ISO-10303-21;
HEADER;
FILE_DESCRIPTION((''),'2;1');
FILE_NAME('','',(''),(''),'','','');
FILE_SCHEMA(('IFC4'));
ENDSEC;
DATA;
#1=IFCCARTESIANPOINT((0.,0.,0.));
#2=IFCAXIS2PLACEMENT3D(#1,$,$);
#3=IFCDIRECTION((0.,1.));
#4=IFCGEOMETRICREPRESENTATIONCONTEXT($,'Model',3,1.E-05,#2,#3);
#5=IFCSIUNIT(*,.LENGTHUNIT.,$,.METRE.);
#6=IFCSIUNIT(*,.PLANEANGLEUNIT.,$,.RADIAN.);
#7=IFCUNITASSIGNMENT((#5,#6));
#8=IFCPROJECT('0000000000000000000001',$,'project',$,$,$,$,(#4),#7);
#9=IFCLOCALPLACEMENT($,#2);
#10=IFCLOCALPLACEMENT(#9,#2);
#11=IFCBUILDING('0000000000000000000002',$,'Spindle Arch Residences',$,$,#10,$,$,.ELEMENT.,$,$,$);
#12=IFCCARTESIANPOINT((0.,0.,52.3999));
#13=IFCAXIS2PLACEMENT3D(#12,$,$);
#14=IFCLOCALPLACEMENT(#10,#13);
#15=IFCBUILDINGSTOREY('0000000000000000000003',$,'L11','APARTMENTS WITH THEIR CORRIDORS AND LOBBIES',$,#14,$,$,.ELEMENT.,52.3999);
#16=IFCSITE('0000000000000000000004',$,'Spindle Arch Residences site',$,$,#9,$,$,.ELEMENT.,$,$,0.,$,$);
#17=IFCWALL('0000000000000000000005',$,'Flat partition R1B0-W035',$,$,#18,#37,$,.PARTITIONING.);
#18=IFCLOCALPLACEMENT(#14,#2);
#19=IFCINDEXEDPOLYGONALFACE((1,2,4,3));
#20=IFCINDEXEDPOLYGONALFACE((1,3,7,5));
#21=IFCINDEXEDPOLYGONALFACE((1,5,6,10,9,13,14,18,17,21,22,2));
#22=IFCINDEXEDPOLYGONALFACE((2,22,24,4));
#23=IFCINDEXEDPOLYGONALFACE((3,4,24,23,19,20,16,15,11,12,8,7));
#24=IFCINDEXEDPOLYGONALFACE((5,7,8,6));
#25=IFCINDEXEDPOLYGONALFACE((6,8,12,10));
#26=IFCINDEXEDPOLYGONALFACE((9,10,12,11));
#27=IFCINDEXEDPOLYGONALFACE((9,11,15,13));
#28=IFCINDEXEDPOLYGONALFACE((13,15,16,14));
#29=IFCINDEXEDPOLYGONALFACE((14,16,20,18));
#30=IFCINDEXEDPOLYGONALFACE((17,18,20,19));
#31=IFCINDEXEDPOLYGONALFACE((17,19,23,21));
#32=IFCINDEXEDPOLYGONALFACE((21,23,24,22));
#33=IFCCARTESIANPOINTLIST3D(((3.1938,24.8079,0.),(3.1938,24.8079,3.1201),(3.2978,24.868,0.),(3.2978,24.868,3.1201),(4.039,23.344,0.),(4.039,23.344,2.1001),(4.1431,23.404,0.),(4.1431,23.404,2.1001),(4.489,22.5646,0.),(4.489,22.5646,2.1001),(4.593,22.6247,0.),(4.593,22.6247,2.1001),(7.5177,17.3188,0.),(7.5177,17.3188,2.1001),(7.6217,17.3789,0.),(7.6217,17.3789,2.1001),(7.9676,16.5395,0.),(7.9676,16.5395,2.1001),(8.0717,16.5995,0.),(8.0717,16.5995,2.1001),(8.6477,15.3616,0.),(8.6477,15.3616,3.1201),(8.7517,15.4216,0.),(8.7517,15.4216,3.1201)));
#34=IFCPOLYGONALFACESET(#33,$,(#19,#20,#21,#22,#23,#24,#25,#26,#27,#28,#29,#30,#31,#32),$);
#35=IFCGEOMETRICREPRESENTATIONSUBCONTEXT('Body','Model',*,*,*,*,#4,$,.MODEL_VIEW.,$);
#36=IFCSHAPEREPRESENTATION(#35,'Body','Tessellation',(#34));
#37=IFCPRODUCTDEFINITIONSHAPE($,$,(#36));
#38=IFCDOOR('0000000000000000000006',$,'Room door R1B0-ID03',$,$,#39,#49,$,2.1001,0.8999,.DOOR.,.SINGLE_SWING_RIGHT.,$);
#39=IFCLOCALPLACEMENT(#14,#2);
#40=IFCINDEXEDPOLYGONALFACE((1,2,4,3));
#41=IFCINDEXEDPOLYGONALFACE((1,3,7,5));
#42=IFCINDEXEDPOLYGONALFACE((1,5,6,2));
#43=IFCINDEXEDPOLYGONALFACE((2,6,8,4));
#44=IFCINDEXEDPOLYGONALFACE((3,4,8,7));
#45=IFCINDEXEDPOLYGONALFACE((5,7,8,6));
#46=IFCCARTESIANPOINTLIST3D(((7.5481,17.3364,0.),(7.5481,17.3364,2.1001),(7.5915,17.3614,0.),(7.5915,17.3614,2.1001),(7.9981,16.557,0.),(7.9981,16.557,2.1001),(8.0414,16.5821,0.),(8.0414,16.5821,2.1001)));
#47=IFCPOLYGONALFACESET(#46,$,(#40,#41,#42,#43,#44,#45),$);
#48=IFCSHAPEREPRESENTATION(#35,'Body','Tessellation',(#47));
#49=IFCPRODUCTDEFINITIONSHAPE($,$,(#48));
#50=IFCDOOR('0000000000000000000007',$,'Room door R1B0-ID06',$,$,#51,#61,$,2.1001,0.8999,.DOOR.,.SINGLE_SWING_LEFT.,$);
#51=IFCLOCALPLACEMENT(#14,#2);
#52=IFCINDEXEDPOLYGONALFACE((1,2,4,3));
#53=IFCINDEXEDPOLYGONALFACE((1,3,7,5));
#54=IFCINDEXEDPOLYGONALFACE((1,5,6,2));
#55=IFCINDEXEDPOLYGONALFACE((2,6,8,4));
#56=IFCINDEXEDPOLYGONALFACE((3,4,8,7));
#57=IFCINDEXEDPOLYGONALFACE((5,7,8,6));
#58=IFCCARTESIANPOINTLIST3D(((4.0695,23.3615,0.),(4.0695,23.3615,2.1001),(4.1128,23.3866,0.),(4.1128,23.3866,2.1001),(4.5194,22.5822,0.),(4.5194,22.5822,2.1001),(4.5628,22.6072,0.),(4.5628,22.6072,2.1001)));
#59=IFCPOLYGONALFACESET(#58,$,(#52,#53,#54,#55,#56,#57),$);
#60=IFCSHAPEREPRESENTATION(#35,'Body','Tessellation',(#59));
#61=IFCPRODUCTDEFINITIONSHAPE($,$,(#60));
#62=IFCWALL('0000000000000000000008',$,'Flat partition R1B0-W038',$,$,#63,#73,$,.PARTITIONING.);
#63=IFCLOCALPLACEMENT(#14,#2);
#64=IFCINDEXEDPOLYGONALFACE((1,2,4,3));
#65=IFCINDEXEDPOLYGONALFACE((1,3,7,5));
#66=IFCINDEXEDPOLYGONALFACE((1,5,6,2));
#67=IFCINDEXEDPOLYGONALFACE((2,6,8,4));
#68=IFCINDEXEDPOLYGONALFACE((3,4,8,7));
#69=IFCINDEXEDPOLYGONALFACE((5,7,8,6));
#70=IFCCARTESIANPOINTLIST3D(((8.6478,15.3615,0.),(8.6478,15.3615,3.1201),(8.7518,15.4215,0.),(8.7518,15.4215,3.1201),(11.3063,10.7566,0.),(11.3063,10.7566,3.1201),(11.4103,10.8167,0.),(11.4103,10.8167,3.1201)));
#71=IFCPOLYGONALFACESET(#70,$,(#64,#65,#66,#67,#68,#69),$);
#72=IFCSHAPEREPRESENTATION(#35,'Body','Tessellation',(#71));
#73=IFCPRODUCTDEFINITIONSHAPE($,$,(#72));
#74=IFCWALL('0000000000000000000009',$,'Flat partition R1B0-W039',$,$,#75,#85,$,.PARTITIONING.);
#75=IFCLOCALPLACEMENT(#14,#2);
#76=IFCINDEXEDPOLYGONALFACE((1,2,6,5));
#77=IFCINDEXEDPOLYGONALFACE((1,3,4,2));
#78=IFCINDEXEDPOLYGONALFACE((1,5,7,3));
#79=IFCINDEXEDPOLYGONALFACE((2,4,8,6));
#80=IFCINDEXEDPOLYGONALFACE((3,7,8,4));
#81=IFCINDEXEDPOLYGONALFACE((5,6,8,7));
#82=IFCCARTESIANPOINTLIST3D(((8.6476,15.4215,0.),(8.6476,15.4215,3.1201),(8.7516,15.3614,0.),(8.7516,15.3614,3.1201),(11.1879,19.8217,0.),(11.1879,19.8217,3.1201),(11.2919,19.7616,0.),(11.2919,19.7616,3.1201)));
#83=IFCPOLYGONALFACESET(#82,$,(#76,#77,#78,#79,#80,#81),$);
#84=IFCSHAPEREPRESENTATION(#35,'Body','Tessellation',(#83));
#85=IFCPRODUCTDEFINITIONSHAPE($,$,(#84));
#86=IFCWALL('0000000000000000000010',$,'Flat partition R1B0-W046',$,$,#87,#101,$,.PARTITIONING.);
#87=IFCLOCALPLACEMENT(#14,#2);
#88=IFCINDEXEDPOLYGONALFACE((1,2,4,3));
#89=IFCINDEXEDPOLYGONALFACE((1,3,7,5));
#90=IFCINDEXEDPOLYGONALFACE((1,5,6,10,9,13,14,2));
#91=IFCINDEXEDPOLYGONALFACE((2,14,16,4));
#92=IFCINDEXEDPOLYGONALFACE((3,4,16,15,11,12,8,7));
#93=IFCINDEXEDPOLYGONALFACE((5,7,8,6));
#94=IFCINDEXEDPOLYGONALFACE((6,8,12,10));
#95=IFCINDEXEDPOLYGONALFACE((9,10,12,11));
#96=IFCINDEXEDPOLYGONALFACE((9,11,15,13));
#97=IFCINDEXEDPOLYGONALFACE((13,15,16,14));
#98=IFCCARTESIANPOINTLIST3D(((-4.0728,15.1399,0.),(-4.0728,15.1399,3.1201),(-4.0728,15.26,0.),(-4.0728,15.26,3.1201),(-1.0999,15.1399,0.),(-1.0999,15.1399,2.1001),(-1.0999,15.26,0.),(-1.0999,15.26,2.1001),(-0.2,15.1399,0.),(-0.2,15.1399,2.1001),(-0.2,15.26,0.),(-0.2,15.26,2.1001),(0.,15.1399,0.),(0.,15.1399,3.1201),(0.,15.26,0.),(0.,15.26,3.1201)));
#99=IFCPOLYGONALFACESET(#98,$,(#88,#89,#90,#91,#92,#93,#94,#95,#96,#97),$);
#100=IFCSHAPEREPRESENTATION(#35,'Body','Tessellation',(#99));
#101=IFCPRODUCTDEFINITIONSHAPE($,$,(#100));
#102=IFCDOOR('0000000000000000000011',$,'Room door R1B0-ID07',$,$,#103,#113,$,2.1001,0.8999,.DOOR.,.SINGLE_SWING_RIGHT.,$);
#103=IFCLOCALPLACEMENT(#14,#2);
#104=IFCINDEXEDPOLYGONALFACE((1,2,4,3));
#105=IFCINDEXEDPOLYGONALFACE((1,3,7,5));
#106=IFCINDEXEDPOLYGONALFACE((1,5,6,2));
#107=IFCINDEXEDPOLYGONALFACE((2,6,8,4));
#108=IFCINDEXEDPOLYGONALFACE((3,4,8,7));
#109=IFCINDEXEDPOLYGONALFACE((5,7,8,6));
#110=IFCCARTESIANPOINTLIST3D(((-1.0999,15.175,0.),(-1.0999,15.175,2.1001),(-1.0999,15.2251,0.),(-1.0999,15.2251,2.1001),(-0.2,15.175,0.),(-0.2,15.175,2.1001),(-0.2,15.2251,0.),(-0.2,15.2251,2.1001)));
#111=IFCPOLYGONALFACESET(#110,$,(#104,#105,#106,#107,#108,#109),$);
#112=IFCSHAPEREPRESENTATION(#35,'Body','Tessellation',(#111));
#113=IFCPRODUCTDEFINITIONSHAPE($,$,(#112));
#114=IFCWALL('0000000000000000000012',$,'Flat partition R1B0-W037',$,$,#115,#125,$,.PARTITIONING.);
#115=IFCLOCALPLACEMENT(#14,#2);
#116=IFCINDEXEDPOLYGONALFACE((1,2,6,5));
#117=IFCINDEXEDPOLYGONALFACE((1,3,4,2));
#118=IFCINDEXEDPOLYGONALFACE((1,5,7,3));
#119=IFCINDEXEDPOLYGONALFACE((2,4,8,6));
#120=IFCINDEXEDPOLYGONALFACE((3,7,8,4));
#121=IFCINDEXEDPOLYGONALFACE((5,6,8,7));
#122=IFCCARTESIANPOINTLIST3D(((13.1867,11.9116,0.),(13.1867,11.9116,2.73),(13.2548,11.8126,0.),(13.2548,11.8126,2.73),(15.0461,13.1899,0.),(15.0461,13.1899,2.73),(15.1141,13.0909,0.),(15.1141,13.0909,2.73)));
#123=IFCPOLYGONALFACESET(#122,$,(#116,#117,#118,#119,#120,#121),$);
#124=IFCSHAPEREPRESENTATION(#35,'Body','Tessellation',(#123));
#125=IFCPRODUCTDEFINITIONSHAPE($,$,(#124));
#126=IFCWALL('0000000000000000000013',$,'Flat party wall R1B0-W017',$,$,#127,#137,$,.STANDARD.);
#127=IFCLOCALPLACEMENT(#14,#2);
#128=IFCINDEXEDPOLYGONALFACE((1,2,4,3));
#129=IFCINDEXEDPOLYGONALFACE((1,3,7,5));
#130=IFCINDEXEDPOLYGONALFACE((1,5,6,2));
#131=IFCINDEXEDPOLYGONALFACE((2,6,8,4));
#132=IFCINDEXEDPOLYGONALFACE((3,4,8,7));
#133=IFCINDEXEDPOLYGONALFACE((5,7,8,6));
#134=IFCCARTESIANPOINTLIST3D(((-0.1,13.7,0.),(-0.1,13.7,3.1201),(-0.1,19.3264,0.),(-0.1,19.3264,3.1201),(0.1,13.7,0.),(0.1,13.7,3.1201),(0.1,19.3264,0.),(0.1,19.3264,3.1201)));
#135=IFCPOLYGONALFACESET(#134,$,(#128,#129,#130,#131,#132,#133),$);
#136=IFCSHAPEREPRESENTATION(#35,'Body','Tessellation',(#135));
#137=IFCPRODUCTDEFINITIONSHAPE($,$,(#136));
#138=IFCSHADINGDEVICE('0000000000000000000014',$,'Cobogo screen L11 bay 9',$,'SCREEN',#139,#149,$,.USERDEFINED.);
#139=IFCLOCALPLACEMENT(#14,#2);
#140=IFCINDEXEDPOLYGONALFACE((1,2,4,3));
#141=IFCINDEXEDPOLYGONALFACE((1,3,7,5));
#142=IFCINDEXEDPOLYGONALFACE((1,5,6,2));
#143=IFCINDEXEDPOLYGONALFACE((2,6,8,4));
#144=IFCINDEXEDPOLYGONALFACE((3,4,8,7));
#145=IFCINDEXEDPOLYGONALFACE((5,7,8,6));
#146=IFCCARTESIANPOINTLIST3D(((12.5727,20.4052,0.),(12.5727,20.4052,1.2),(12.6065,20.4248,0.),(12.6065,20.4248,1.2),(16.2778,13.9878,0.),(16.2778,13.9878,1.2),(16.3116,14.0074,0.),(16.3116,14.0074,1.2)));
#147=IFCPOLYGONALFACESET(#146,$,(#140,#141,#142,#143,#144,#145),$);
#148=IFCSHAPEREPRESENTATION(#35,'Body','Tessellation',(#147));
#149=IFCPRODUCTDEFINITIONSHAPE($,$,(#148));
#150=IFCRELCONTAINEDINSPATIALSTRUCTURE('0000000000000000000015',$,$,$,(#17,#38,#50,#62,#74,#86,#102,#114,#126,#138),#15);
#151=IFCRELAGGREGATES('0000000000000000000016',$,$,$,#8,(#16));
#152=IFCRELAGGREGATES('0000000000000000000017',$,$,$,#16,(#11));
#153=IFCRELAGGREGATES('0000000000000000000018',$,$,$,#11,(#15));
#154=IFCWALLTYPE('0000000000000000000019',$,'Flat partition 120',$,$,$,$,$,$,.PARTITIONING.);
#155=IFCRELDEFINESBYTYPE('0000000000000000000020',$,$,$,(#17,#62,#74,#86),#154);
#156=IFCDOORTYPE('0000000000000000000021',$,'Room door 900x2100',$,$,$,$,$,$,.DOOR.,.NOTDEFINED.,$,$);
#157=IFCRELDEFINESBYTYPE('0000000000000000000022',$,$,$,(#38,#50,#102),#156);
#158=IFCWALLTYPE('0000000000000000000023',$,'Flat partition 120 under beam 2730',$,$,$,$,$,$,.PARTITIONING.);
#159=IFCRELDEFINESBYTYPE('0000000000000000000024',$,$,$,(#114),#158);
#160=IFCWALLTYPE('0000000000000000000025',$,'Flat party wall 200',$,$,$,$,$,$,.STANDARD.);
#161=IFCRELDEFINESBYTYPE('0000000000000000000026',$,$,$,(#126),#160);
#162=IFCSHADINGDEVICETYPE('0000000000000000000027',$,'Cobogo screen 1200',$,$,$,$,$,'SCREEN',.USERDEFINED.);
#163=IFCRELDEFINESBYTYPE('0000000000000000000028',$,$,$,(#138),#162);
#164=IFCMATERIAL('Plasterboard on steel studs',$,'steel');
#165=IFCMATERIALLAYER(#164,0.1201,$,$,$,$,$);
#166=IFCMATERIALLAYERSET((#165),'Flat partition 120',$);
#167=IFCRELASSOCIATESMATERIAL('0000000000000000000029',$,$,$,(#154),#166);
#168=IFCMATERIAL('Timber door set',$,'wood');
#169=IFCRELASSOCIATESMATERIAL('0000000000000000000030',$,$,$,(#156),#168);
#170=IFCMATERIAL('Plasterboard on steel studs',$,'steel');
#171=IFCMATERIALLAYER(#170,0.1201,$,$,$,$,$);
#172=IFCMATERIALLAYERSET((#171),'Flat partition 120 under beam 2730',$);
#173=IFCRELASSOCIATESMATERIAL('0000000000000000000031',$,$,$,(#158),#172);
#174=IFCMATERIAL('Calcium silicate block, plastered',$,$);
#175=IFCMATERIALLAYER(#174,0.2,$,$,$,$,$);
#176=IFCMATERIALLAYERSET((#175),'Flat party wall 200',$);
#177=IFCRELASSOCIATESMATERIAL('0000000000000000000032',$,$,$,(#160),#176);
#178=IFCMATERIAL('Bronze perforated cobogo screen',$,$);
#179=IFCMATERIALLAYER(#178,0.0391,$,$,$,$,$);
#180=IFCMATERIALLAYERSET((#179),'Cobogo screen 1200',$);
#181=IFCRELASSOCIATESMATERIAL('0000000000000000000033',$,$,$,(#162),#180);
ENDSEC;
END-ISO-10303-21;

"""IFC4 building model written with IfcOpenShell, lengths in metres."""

from ifc_helpers import new_model, si_unit, direction, frame, frame_2d, origin, origin_2d, place, context, subcontext, project, spatial, rectangle, extrude, material, layer, layer_set, type_object, element, fill, save


model = new_model("IFC4")

# Units and contexts
model_context = context("Model", 3, precision=1e-05, world=origin(), true_north=direction((0.0, 1.0)))
body_context = subcontext(model_context, "Body", "Model", "MODEL_VIEW")
ifc_project = project(units=[si_unit("LENGTHUNIT", "METRE"), si_unit("PLANEANGLEUNIT", "RADIAN")], contexts=[model_context])

# Site, building, storey
site_placement = place(None, origin())
site = spatial("IfcSite", under=ifc_project, at=site_placement, Name="Spindle Arch Residences site", CompositionType="ELEMENT", RefElevation=0.0)
building_placement = place(site_placement, origin())
building = spatial("IfcBuilding", under=site, at=building_placement, Name="Spindle Arch Residences", CompositionType="ELEMENT")
storey_placement = place(building_placement, frame((0.0, 0.0, 52.3999)))
storey = spatial("IfcBuildingStorey", under=building, at=storey_placement, Name="L11", Description="APARTMENTS WITH THEIR CORRIDORS AND LOBBIES", CompositionType="ELEMENT", Elevation=52.3999)

# Shared definitions
ifc_material_1 = material(Name="Plasterboard on steel studs", Category="steel")
ifc_layer_1 = layer(ifc_material_1, 0.1201)
ifc_layer_set_1 = layer_set([ifc_layer_1], Name="Flat partition 120")
wall_type_1 = type_object("IfcWallType", Name="Flat partition 120", PredefinedType="PARTITIONING", material=ifc_layer_set_1)
ifc_material_2 = material(Name="Timber door set", Category="wood")
door_type_1 = type_object("IfcDoorType", Name="Room door 900x2100", OperationType="NOTDEFINED", PredefinedType="DOOR", material=ifc_material_2)

# Wall, openings, doors
wall_1_placement = place(storey_placement, frame((8.6997, 15.3916, 0.0), z_axis=(0.0, 0.0, 1.0), x_axis=(-0.500003, 0.866024, 0.0)))
wall_1 = element("IfcWall", 1, at=wall_1_placement, inside=storey, type_object=wall_type_1, Name="Flat partition R1B0-W035", PredefinedType="PARTITIONING", context=body_context, shape_type="SweptSolid", body=[
    extrude(rectangle(XDim=10.9077, YDim=0.1201, at=frame_2d((5.4539, 0.0))), origin(), (0.0, 0.0, 1.0), 3.1201),
])
opening_1_placement = place(wall_1_placement, frame((1.3601, 0.0, 0.0)))
opening_1 = element("IfcOpeningElement", 2, at=opening_1_placement, cuts=wall_1, PredefinedType="OPENING", context=body_context, shape_type="SweptSolid", body=[
    extrude(rectangle(XDim=0.8999, YDim=2.1001, at=frame_2d((0.45, 1.05))), frame((0.0, 0.0701, 0.0), z_axis=(0.0, -1.0, 0.0), x_axis=(1.0, 0.0, 0.0)), (0.0, 0.0, 1.0), 0.1401),
])
opening_2_placement = place(wall_1_placement, frame((8.3174, 0.0, 0.0)))
opening_2 = element("IfcOpeningElement", 3, at=opening_2_placement, cuts=wall_1, PredefinedType="OPENING", context=body_context, shape_type="SweptSolid", body=[
    extrude(rectangle(XDim=0.8999, YDim=2.1001, at=frame_2d((0.45, 1.05))), frame((0.0, 0.0701, 0.0), z_axis=(0.0, -1.0, 0.0), x_axis=(1.0, 0.0, 0.0)), (0.0, 0.0, 1.0), 0.1401),
])
door_1_placement = place(opening_1_placement, origin())
door_1 = element("IfcDoor", 4, at=door_1_placement, inside=storey, type_object=door_type_1, Name="Room door R1B0-ID03", OperationType="SINGLE_SWING_RIGHT", OverallHeight=2.1001, OverallWidth=0.8999, PredefinedType="DOOR", context=body_context, shape_type="SweptSolid", body=[
    extrude(rectangle(XDim=0.8999, YDim=2.1001, at=frame_2d((0.45, 1.05))), frame((0.0, 0.0249, 0.0), z_axis=(0.0, -1.0, 0.0), x_axis=(1.0, 0.0, 0.0)), (0.0, 0.0, 1.0), 0.05),
])
fill(opening_1, door_1)
door_2_placement = place(opening_2_placement, origin())
door_2 = element("IfcDoor", 5, at=door_2_placement, inside=storey, type_object=door_type_1, Name="Room door R1B0-ID06", OperationType="SINGLE_SWING_LEFT", OverallHeight=2.1001, OverallWidth=0.8999, PredefinedType="DOOR", context=body_context, shape_type="SweptSolid", body=[
    extrude(rectangle(XDim=0.8999, YDim=2.1001, at=frame_2d((0.45, 1.05))), frame((0.0, 0.0249, 0.0), z_axis=(0.0, -1.0, 0.0), x_axis=(1.0, 0.0, 0.0)), (0.0, 0.0, 1.0), 0.05),
])
fill(opening_2, door_2)

# Walls
wall_2_placement = place(storey_placement, frame((8.6997, 15.3916, 0.0), z_axis=(0.0, 0.0, 1.0), x_axis=(0.499986, -0.866033, 0.0)))
element("IfcWall", 6, at=wall_2_placement, inside=storey, type_object=wall_type_1, Name="Flat partition R1B0-W038", PredefinedType="PARTITIONING", context=body_context, shape_type="SweptSolid", body=[
    extrude(rectangle(XDim=5.3171, YDim=0.1201, at=frame_2d((2.6587, 0.0))), origin(), (0.0, 0.0, 1.0), 3.1201),
])
wall_3_placement = place(storey_placement, frame((11.24, 19.7917, 0.0), z_axis=(0.0, 0.0, 1.0), x_axis=(-0.499979, -0.866038, 0.0)))
element("IfcWall", 7, at=wall_3_placement, inside=storey, type_object=wall_type_1, Name="Flat partition R1B0-W039", PredefinedType="PARTITIONING", context=body_context, shape_type="SweptSolid", body=[
    extrude(rectangle(XDim=5.0808, YDim=0.1201, at=frame_2d((2.5405, 0.0))), origin(), (0.0, 0.0, 1.0), 3.1201),
])

# Wall, opening, door
wall_4_placement = place(storey_placement, frame((0.0, 15.2, 0.0), z_axis=(0.0, 0.0, 1.0), x_axis=(-1.0, 0.0, 0.0)))
wall_4 = element("IfcWall", 8, at=wall_4_placement, inside=storey, type_object=wall_type_1, Name="Flat partition R1B0-W046", PredefinedType="PARTITIONING", context=body_context, shape_type="SweptSolid", body=[
    extrude(rectangle(XDim=4.0728, YDim=0.1201, at=frame_2d((2.0364, 0.0))), origin(), (0.0, 0.0, 1.0), 3.1201),
])
opening_3_placement = place(wall_4_placement, frame((0.2, 0.0, 0.0)))
opening_3 = element("IfcOpeningElement", 9, at=opening_3_placement, cuts=wall_4, PredefinedType="OPENING", context=body_context, shape_type="SweptSolid", body=[
    extrude(rectangle(XDim=0.8999, YDim=2.1001, at=frame_2d((0.45, 1.05))), frame((0.0, 0.0701, 0.0), z_axis=(0.0, -1.0, 0.0), x_axis=(1.0, 0.0, 0.0)), (0.0, 0.0, 1.0), 0.1401),
])
door_3_placement = place(opening_3_placement, origin())
door_3 = element("IfcDoor", 10, at=door_3_placement, inside=storey, type_object=door_type_1, Name="Room door R1B0-ID07", OperationType="SINGLE_SWING_RIGHT", OverallHeight=2.1001, OverallWidth=0.8999, PredefinedType="DOOR", context=body_context, shape_type="SweptSolid", body=[
    extrude(rectangle(XDim=0.8999, YDim=2.1001, at=frame_2d((0.45, 1.05))), frame((0.0, 0.0249, 0.0), z_axis=(0.0, -1.0, 0.0), x_axis=(1.0, 0.0, 0.0)), (0.0, 0.0, 1.0), 0.05),
])
fill(opening_3, door_3)

# Walls
ifc_material_3 = material(Name="Plasterboard on steel studs", Category="steel")
ifc_layer_2 = layer(ifc_material_3, 0.1201)
ifc_layer_set_2 = layer_set([ifc_layer_2], Name="Flat partition 120 under beam 2730")
wall_type_2 = type_object("IfcWallType", Name="Flat partition 120 under beam 2730", PredefinedType="PARTITIONING", material=ifc_layer_set_2)
wall_5_placement = place(storey_placement, frame((15.0801, 13.1404, 0.0), z_axis=(0.0, 0.0, 1.0), x_axis=(-0.824042, -0.566529, 0.0)))
element("IfcWall", 11, at=wall_5_placement, inside=storey, type_object=wall_type_2, Name="Flat partition R1B0-W037", PredefinedType="PARTITIONING", context=body_context, shape_type="SweptSolid", body=[
    extrude(rectangle(XDim=2.2563, YDim=0.1201, at=frame_2d((1.1282, 0.0))), origin(), (0.0, 0.0, 1.0), 2.73),
])
ifc_material_4 = material(Name="Calcium silicate block, plastered")
ifc_layer_3 = layer(ifc_material_4, 0.2)
ifc_layer_set_3 = layer_set([ifc_layer_3], Name="Flat party wall 200")
wall_type_3 = type_object("IfcWallType", Name="Flat party wall 200", PredefinedType="STANDARD", material=ifc_layer_set_3)
wall_6_placement = place(storey_placement, frame((0.0, 19.3264, 0.0), z_axis=(0.0, 0.0, 1.0), x_axis=(0.0, -1.0, 0.0)))
element("IfcWall", 12, at=wall_6_placement, inside=storey, type_object=wall_type_3, Name="Flat party wall R1B0-W017", PredefinedType="STANDARD", context=body_context, shape_type="SweptSolid", body=[
    extrude(rectangle(XDim=5.6265, YDim=0.2, at=frame_2d((2.8132, 0.0))), origin(), (0.0, 0.0, 1.0), 3.1201),
])

# Shading device
ifc_material_5 = material(Name="Bronze perforated cobogo screen")
ifc_layer_4 = layer(ifc_material_5, 0.0391)
ifc_layer_set_4 = layer_set([ifc_layer_4], Name="Cobogo screen 1200")
shading_device_type = type_object("IfcShadingDeviceType", Name="Cobogo screen 1200", ElementType="SCREEN", PredefinedType="USERDEFINED", material=ifc_layer_set_4)
shading_device_placement = place(storey_placement, frame((14.4421, 17.2063, 0.0), z_axis=(0.0, 0.0, 1.0), x_axis=(-0.5, 0.866025, 0.0)))
element("IfcShadingDevice", 13, at=shading_device_placement, inside=storey, type_object=shading_device_type, Name="Cobogo screen L11 bay 9", ObjectType="SCREEN", PredefinedType="USERDEFINED", context=body_context, shape_type="SweptSolid", body=[
    extrude(rectangle(XDim=7.4102, YDim=0.0391, at=origin_2d()), origin(), (0.0, 0.0, 1.0), 1.2),
])

save(model, "model.ifc")
